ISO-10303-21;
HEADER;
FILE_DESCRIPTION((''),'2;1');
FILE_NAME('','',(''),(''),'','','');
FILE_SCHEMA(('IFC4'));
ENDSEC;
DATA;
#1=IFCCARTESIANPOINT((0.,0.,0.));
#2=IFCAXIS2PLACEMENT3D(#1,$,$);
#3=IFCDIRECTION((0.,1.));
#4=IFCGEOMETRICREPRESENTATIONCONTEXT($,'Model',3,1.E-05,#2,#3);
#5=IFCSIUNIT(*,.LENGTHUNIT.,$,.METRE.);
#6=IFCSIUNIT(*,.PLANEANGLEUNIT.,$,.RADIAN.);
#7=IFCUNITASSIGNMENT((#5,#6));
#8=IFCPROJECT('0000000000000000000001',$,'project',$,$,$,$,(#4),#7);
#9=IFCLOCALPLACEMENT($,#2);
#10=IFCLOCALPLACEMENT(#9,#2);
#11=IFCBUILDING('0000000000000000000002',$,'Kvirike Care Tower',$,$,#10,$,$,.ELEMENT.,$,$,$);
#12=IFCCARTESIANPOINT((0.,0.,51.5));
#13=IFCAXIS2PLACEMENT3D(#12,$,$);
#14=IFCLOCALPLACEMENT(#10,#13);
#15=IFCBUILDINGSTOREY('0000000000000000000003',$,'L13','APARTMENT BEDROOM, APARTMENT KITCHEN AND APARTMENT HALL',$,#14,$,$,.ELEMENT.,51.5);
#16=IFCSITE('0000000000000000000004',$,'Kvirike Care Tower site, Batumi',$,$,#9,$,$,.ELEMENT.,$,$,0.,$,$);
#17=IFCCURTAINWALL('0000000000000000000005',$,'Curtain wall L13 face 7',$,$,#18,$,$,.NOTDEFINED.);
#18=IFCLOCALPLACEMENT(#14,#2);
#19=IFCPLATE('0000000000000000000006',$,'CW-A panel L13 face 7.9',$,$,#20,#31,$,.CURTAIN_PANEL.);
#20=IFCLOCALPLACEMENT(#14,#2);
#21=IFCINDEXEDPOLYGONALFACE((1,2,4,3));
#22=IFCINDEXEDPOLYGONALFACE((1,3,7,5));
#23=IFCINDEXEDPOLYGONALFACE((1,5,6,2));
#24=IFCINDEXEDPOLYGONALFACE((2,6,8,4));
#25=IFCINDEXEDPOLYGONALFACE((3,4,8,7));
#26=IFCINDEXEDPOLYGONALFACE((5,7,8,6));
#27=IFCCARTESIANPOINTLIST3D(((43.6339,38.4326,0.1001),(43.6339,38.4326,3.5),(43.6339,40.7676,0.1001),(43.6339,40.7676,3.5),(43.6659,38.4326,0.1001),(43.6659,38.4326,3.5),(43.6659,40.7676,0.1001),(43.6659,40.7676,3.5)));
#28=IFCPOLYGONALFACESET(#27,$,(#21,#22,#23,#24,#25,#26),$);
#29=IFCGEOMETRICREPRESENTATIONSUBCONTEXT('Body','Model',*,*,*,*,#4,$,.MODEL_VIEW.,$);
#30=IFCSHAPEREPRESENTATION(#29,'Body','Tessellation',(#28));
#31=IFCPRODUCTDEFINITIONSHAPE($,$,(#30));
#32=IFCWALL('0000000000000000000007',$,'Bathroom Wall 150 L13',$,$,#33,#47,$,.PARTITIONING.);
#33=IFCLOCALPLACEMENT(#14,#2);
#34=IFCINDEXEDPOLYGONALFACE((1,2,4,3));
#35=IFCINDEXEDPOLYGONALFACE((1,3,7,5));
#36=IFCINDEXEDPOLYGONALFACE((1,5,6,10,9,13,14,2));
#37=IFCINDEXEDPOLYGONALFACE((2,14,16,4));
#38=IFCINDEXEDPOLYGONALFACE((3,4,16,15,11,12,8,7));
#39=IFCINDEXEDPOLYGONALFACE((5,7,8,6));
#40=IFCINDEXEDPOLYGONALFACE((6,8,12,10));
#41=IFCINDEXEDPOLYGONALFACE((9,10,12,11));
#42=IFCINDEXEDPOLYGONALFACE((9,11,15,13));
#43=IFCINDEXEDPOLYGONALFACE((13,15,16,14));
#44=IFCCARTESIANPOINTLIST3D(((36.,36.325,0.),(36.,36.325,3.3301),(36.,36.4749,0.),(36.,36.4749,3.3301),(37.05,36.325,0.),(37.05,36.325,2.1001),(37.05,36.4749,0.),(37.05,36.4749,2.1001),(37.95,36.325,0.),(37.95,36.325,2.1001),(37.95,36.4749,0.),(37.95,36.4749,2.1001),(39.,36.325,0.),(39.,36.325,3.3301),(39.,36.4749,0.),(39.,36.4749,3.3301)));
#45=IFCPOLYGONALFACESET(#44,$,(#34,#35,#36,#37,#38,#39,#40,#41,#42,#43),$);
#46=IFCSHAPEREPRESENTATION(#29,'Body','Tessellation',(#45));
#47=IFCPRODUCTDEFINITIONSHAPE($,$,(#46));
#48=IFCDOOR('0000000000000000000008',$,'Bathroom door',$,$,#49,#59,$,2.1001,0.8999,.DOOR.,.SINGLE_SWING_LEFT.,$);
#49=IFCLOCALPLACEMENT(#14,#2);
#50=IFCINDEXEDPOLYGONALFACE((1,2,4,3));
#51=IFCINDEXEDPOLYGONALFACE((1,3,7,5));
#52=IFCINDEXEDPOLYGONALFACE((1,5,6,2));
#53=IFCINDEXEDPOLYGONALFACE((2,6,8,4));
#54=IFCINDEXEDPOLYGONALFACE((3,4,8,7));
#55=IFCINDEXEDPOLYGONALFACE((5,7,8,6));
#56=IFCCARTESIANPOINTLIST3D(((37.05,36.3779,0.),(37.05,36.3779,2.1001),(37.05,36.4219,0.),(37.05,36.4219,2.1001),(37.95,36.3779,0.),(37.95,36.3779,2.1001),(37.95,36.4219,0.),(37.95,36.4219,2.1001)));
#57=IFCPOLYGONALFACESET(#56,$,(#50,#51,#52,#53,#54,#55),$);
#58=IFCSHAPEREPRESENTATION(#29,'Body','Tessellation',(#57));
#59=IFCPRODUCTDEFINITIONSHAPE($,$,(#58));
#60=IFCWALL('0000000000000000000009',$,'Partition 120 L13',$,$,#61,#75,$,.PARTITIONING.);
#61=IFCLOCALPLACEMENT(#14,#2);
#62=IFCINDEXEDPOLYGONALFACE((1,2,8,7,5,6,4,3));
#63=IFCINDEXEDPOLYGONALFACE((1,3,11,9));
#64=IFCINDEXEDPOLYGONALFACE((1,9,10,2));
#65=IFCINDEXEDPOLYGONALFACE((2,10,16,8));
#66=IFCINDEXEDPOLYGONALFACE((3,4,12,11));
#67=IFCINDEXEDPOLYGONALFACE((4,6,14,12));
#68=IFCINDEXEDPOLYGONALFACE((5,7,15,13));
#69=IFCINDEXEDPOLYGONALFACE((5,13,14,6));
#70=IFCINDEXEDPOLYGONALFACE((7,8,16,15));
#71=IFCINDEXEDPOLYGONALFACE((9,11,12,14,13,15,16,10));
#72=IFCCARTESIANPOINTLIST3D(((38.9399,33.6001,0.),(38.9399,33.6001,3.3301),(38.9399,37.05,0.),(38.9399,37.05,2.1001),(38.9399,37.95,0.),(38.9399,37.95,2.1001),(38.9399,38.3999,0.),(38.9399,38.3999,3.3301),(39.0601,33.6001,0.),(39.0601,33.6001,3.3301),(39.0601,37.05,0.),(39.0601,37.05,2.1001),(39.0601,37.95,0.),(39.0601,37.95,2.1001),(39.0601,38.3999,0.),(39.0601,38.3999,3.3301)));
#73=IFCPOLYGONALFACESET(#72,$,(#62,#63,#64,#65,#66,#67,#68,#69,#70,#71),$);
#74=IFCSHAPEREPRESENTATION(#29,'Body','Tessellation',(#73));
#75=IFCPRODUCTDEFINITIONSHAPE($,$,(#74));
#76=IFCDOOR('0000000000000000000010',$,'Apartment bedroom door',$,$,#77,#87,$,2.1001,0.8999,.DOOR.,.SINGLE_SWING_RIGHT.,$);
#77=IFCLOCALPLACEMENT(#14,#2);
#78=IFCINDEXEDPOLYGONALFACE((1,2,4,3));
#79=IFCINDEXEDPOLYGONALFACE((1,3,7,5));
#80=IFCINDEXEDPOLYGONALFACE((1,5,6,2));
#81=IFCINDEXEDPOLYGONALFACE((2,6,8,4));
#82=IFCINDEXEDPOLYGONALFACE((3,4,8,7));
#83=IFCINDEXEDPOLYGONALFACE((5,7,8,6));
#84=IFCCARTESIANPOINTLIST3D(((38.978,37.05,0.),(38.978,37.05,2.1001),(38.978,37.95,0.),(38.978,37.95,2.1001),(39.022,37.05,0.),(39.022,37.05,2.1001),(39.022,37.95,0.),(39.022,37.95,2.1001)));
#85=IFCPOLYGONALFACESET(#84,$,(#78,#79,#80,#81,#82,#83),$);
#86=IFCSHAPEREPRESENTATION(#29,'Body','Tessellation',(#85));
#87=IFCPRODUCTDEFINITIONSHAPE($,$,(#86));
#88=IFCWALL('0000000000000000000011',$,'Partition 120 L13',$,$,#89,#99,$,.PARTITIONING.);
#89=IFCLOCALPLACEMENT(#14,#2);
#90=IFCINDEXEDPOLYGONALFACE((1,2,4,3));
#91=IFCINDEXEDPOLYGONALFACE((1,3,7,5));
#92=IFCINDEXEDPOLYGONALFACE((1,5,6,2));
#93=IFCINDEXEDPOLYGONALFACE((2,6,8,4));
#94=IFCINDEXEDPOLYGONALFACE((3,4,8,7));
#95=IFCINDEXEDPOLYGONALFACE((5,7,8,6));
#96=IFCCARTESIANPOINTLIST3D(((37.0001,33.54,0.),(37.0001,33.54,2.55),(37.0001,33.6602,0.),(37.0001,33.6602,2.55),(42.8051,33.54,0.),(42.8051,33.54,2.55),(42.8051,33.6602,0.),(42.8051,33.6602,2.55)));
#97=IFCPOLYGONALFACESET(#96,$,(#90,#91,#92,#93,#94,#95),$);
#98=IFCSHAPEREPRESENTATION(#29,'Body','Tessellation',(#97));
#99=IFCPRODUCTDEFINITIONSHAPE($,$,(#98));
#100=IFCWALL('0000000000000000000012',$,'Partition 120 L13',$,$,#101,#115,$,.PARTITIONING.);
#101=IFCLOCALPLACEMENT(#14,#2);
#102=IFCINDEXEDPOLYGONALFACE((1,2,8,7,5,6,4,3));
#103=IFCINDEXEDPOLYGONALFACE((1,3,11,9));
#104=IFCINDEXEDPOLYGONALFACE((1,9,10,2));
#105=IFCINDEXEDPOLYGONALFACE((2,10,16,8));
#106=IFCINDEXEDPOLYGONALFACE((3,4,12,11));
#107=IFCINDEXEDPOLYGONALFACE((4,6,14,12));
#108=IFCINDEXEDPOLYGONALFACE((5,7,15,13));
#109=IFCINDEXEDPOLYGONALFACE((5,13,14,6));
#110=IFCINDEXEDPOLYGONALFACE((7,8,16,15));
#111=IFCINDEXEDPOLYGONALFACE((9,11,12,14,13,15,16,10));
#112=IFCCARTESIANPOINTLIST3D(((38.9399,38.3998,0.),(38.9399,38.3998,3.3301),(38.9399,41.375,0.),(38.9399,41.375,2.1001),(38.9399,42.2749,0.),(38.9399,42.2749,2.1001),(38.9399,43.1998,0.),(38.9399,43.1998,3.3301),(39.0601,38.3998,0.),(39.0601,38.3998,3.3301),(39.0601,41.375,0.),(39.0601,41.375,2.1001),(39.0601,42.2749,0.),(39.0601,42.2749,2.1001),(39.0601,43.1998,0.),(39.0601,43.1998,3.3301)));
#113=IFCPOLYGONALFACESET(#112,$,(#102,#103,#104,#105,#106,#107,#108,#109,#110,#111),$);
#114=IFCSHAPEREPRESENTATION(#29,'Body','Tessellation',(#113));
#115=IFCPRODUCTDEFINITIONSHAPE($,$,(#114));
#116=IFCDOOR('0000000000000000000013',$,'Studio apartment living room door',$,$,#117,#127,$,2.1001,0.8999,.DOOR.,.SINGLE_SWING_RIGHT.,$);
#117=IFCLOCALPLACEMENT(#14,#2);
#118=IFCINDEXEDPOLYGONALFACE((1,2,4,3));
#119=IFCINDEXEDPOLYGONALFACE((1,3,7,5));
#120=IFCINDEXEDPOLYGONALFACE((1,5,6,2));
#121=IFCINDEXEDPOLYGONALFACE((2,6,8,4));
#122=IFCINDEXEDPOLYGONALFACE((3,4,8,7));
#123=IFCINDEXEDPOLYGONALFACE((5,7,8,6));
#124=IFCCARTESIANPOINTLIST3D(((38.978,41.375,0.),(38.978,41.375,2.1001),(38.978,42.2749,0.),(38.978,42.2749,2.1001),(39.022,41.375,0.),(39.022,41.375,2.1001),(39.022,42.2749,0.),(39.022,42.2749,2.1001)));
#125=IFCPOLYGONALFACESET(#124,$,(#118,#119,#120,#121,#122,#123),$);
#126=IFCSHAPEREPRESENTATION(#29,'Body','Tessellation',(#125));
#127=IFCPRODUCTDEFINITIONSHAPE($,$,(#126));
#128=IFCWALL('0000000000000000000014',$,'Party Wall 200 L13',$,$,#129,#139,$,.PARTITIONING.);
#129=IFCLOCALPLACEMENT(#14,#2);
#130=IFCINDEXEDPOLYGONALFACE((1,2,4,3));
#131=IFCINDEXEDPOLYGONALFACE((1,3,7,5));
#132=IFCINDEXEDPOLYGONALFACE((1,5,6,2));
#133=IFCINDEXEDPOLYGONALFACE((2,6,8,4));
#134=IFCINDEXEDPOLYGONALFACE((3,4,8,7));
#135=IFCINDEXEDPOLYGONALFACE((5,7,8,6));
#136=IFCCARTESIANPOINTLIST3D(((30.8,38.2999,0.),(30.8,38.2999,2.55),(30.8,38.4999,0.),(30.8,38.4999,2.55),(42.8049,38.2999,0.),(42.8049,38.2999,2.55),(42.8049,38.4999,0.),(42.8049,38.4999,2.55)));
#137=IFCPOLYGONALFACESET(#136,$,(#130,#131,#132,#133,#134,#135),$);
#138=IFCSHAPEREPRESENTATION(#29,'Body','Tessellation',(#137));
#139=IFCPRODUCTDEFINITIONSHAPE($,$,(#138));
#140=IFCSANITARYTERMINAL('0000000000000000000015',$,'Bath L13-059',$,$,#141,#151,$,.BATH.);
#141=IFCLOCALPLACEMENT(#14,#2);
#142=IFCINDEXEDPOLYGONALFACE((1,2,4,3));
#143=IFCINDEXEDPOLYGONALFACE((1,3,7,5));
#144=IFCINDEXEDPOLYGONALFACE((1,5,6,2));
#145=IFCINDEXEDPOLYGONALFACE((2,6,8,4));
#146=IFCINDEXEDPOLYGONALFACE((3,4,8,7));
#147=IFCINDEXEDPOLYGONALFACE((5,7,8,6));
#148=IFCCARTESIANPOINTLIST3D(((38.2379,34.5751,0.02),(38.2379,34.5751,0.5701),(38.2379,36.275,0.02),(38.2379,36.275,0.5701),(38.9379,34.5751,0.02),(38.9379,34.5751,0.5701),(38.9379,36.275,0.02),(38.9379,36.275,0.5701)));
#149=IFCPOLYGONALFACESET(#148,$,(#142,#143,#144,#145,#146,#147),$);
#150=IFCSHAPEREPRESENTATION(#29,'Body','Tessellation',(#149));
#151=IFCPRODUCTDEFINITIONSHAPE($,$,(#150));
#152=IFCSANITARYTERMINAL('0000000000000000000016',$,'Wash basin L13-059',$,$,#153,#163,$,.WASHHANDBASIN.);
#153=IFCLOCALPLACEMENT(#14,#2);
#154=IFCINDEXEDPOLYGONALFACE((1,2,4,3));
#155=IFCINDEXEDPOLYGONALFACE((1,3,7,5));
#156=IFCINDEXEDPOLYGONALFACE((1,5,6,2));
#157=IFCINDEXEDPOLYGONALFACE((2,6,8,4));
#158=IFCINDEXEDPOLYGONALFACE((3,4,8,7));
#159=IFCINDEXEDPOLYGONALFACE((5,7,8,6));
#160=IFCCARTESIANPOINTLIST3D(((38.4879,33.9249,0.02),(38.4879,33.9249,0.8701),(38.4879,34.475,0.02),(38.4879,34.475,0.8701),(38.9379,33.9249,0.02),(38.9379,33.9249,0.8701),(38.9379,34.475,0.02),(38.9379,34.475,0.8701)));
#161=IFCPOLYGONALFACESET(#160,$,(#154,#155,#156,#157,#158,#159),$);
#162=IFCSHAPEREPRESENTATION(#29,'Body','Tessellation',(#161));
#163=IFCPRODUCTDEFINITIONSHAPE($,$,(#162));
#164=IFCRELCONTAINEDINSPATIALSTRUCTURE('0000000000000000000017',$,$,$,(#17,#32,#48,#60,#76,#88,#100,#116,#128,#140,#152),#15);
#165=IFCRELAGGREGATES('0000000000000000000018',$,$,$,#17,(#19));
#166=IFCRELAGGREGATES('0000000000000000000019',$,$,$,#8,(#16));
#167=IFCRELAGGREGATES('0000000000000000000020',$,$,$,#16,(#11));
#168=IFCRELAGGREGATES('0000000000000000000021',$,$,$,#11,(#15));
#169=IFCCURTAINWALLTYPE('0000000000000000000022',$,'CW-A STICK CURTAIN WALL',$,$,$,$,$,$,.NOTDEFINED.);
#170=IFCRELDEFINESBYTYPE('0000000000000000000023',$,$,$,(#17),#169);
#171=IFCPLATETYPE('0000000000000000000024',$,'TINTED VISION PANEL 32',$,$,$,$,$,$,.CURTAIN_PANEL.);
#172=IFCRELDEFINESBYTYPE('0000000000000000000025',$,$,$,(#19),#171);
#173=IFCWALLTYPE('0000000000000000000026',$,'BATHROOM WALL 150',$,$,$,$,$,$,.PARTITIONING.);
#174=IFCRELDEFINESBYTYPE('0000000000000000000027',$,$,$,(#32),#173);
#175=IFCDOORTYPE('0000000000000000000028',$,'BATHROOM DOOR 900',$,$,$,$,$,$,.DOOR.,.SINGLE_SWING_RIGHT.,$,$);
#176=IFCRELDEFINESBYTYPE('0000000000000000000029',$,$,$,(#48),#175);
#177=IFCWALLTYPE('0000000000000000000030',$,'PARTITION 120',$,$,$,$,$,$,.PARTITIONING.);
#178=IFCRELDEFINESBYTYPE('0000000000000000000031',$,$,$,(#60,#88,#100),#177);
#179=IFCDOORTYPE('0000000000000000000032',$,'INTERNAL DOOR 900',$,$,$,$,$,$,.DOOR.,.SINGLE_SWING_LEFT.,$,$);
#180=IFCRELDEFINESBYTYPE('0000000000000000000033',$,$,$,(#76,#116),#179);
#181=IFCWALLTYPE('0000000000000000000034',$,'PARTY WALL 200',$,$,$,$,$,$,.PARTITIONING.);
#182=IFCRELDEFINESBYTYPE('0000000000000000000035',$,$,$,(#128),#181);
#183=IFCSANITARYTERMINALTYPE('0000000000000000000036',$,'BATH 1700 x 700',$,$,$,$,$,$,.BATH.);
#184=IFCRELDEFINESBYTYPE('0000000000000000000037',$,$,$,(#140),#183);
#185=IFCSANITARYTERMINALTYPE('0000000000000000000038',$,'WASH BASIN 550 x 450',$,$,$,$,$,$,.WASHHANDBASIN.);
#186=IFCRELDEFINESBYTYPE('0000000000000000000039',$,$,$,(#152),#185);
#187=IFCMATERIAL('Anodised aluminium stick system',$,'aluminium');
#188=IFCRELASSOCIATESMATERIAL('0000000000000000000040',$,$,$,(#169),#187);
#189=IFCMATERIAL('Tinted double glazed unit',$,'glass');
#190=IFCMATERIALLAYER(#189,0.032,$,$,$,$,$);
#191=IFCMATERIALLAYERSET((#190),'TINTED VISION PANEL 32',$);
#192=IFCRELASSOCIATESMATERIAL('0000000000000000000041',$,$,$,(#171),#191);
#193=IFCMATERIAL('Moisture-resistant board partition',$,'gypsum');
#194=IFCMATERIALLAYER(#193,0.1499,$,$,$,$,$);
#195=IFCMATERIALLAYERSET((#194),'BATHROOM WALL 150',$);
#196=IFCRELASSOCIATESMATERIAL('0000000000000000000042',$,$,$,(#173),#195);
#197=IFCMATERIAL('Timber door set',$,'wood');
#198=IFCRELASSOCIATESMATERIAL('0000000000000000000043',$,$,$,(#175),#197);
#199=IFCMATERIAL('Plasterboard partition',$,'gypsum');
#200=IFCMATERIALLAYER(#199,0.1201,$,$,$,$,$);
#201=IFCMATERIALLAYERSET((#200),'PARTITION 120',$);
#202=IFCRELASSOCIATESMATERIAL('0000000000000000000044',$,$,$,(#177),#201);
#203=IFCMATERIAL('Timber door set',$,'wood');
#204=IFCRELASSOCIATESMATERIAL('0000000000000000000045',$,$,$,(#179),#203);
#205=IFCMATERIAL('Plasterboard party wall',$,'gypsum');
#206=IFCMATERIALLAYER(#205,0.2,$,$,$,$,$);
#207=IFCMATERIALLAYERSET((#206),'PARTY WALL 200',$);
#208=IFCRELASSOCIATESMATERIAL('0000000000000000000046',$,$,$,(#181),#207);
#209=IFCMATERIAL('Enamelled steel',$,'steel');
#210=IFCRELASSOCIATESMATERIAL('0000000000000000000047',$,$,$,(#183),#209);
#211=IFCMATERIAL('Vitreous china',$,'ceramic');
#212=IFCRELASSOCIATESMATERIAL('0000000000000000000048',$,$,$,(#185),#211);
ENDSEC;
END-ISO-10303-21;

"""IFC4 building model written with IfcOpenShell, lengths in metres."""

from ifc_helpers import new_model, si_unit, direction, frame, frame_2d, origin, origin_2d, place, context, subcontext, project, spatial, rectangle, extrude, material, layer, layer_set, type_object, element, fill, aggregate, save


model = new_model("IFC4")

# Units and contexts
model_context = context("Model", 3, precision=1e-05, world=origin(), true_north=direction((0.0, 1.0)))
body_context = subcontext(model_context, "Body", "Model", "MODEL_VIEW")
ifc_project = project(units=[si_unit("LENGTHUNIT", "METRE"), si_unit("PLANEANGLEUNIT", "RADIAN")], contexts=[model_context])

# Site, building, storey
site_placement = place(None, origin())
site = spatial("IfcSite", under=ifc_project, at=site_placement, Name="Kvirike Care Tower site, Batumi", CompositionType="ELEMENT", RefElevation=0.0)
building_placement = place(site_placement, origin())
building = spatial("IfcBuilding", under=site, at=building_placement, Name="Kvirike Care Tower", CompositionType="ELEMENT")
storey_placement = place(building_placement, frame((0.0, 0.0, 51.5)))
storey = spatial("IfcBuildingStorey", under=building, at=storey_placement, Name="L13", Description="APARTMENT BEDROOM, APARTMENT KITCHEN AND APARTMENT HALL", CompositionType="ELEMENT", Elevation=51.5)

# Curtain wall
ifc_material_1 = material(Name="Anodised aluminium stick system", Category="aluminium")
curtain_wall_type = type_object("IfcCurtainWallType", Name="CW-A STICK CURTAIN WALL", PredefinedType="NOTDEFINED", material=ifc_material_1)
curtain_wall_placement = place(storey_placement, origin())
curtain_wall = element("IfcCurtainWall", 1, at=curtain_wall_placement, inside=storey, type_object=curtain_wall_type, Name="Curtain wall L13 face 7", PredefinedType="NOTDEFINED")

# Plate
ifc_material_2 = material(Name="Tinted double glazed unit", Category="glass")
ifc_layer_1 = layer(ifc_material_2, 0.032)
ifc_layer_set_1 = layer_set([ifc_layer_1], Name="TINTED VISION PANEL 32")
plate_type = type_object("IfcPlateType", Name="TINTED VISION PANEL 32", PredefinedType="CURTAIN_PANEL", material=ifc_layer_set_1)
plate_1_placement = place(storey_placement, frame((43.6499, 39.6001, 0.1001), z_axis=(0.0, 0.0, 1.0), x_axis=(0.0, 1.0, 0.0)))
plate_1 = element("IfcPlate", 2, at=plate_1_placement, type_object=plate_type, Name="CW-A panel L13 face 7.9", PredefinedType="CURTAIN_PANEL", context=body_context, shape_type="SweptSolid", body=[
    extrude(rectangle(XDim=2.335, YDim=0.032, at=origin_2d()), origin(), (0.0, 0.0, 1.0), 3.3999),
])
aggregate(curtain_wall, [plate_1])

# Walls, openings, doors
ifc_material_3 = material(Name="Moisture-resistant board partition", Category="gypsum")
ifc_layer_2 = layer(ifc_material_3, 0.1499)
ifc_layer_set_2 = layer_set([ifc_layer_2], Name="BATHROOM WALL 150")
wall_type_1 = type_object("IfcWallType", Name="BATHROOM WALL 150", PredefinedType="PARTITIONING", material=ifc_layer_set_2)
wall_1_placement = place(storey_placement, frame((39.0, 36.3999, 0.0), z_axis=(0.0, 0.0, 1.0), x_axis=(-1.0, 0.0, 0.0)))
wall_1 = element("IfcWall", 3, at=wall_1_placement, inside=storey, type_object=wall_type_1, Name="Bathroom Wall 150 L13", PredefinedType="PARTITIONING", context=body_context, shape_type="SweptSolid", body=[
    extrude(rectangle(XDim=3.0, YDim=0.1499, at=frame_2d((1.5, 0.0))), origin(), (0.0, 0.0, 1.0), 3.3301),
])
opening_1_placement = place(wall_1_placement, frame((1.05, 0.0, 0.0)))
opening_1 = element("IfcOpeningElement", 4, at=opening_1_placement, cuts=wall_1, PredefinedType="OPENING", context=body_context, shape_type="SweptSolid", body=[
    extrude(rectangle(XDim=0.8999, YDim=2.1001, at=frame_2d((0.45, 1.05))), frame((0.0, 0.0854, 0.0), z_axis=(0.0, -1.0, 0.0), x_axis=(1.0, 0.0, 0.0)), (0.0, 0.0, 1.0), 0.1709),
])
ifc_material_4 = material(Name="Timber door set", Category="wood")
door_type_1 = type_object("IfcDoorType", Name="BATHROOM DOOR 900", OperationType="SINGLE_SWING_RIGHT", PredefinedType="DOOR", material=ifc_material_4)
door_1_placement = place(opening_1_placement, origin())
door_1 = element("IfcDoor", 5, at=door_1_placement, inside=storey, type_object=door_type_1, Name="Bathroom door", OperationType="SINGLE_SWING_LEFT", OverallHeight=2.1001, OverallWidth=0.8999, PredefinedType="DOOR", context=body_context, shape_type="SweptSolid", body=[
    extrude(rectangle(XDim=0.8999, YDim=2.1001, at=frame_2d((0.45, 1.05))), frame((0.0, 0.022, 0.0), z_axis=(0.0, -1.0, 0.0), x_axis=(1.0, 0.0, 0.0)), (0.0, 0.0, 1.0), 0.0439),
])
fill(opening_1, door_1)
ifc_material_5 = material(Name="Plasterboard partition", Category="gypsum")
ifc_layer_3 = layer(ifc_material_5, 0.1201)
ifc_layer_set_3 = layer_set([ifc_layer_3], Name="PARTITION 120")
wall_type_2 = type_object("IfcWallType", Name="PARTITION 120", PredefinedType="PARTITIONING", material=ifc_layer_set_3)
wall_2_placement = place(storey_placement, frame((39.0, 33.6001, 0.0), z_axis=(0.0, 0.0, 1.0), x_axis=(0.0, 1.0, 0.0)))
wall_2 = element("IfcWall", 6, at=wall_2_placement, inside=storey, type_object=wall_type_2, Name="Partition 120 L13", PredefinedType="PARTITIONING", context=body_context, shape_type="SweptSolid", body=[
    extrude(rectangle(XDim=4.7998, YDim=0.1201, at=frame_2d((2.3999, 0.0))), origin(), (0.0, 0.0, 1.0), 3.3301),
])
opening_2_placement = place(wall_2_placement, frame((3.45, 0.0, 0.0)))
opening_2 = element("IfcOpeningElement", 7, at=opening_2_placement, cuts=wall_2, PredefinedType="OPENING", context=body_context, shape_type="SweptSolid", body=[
    extrude(rectangle(XDim=0.8999, YDim=2.1001, at=frame_2d((0.45, 1.05))), frame((0.0, 0.0706, 0.0), z_axis=(0.0, -1.0, 0.0), x_axis=(1.0, 0.0, 0.0)), (0.0, 0.0, 1.0), 0.1411),
])
ifc_material_6 = material(Name="Timber door set", Category="wood")
door_type_2 = type_object("IfcDoorType", Name="INTERNAL DOOR 900", OperationType="SINGLE_SWING_LEFT", PredefinedType="DOOR", material=ifc_material_6)
door_2_placement = place(opening_2_placement, frame((0.8999, 0.0, 0.0), z_axis=(0.0, 0.0, 1.0), x_axis=(-1.0, 0.0, 0.0)))
door_2 = element("IfcDoor", 8, at=door_2_placement, inside=storey, type_object=door_type_2, Name="Apartment bedroom door", OperationType="SINGLE_SWING_RIGHT", OverallHeight=2.1001, OverallWidth=0.8999, PredefinedType="DOOR", context=body_context, shape_type="SweptSolid", body=[
    extrude(rectangle(XDim=0.8999, YDim=2.1001, at=frame_2d((0.45, 1.05))), frame((0.0, 0.022, 0.0), z_axis=(0.0, -1.0, 0.0), x_axis=(1.0, 0.0, 0.0)), (0.0, 0.0, 1.0), 0.0439),
])
fill(opening_2, door_2)

# Wall
wall_3_placement = place(storey_placement, frame((42.8049, 33.6001, 0.0), z_axis=(0.0, 0.0, 1.0), x_axis=(-1.0, 0.0, 0.0)))
element("IfcWall", 9, at=wall_3_placement, inside=storey, type_object=wall_type_2, Name="Partition 120 L13", PredefinedType="PARTITIONING", context=body_context, shape_type="SweptSolid", body=[
    extrude(rectangle(XDim=5.8049, YDim=0.1201, at=frame_2d((2.9023, 0.0))), origin(), (0.0, 0.0, 1.0), 2.55),
])

# Wall, opening, door
wall_4_placement = place(storey_placement, frame((39.0, 38.3999, 0.0), z_axis=(0.0, 0.0, 1.0), x_axis=(0.0, 1.0, 0.0)))
wall_4 = element("IfcWall", 10, at=wall_4_placement, inside=storey, type_object=wall_type_2, Name="Partition 120 L13", PredefinedType="PARTITIONING", context=body_context, shape_type="SweptSolid", body=[
    extrude(rectangle(XDim=4.8, YDim=0.1201, at=frame_2d((2.3999, 0.0))), origin(), (0.0, 0.0, 1.0), 3.3301),
])
opening_3_placement = place(wall_4_placement, frame((2.9751, 0.0, 0.0)))
opening_3 = element("IfcOpeningElement", 11, at=opening_3_placement, cuts=wall_4, PredefinedType="OPENING", context=body_context, shape_type="SweptSolid", body=[
    extrude(rectangle(XDim=0.8999, YDim=2.1001, at=frame_2d((0.45, 1.05))), frame((0.0, 0.0706, 0.0), z_axis=(0.0, -1.0, 0.0), x_axis=(1.0, 0.0, 0.0)), (0.0, 0.0, 1.0), 0.1411),
])
door_3_placement = place(opening_3_placement, frame((0.8999, 0.0, 0.0), z_axis=(0.0, 0.0, 1.0), x_axis=(-1.0, 0.0, 0.0)))
door_3 = element("IfcDoor", 12, at=door_3_placement, inside=storey, type_object=door_type_2, Name="Studio apartment living room door", OperationType="SINGLE_SWING_RIGHT", OverallHeight=2.1001, OverallWidth=0.8999, PredefinedType="DOOR", context=body_context, shape_type="SweptSolid", body=[
    extrude(rectangle(XDim=0.8999, YDim=2.1001, at=frame_2d((0.45, 1.05))), frame((0.0, 0.022, 0.0), z_axis=(0.0, -1.0, 0.0), x_axis=(1.0, 0.0, 0.0)), (0.0, 0.0, 1.0), 0.0439),
])
fill(opening_3, door_3)

# Wall
ifc_material_7 = material(Name="Plasterboard party wall", Category="gypsum")
ifc_layer_4 = layer(ifc_material_7, 0.2)
ifc_layer_set_4 = layer_set([ifc_layer_4], Name="PARTY WALL 200")
wall_type_3 = type_object("IfcWallType", Name="PARTY WALL 200", PredefinedType="PARTITIONING", material=ifc_layer_set_4)
wall_5_placement = place(storey_placement, frame((42.8049, 38.3999, 0.0), z_axis=(0.0, 0.0, 1.0), x_axis=(-1.0, 0.0, 0.0)))
element("IfcWall", 13, at=wall_5_placement, inside=storey, type_object=wall_type_3, Name="Party Wall 200 L13", PredefinedType="PARTITIONING", context=body_context, shape_type="SweptSolid", body=[
    extrude(rectangle(XDim=12.0049, YDim=0.2, at=frame_2d((6.0024, 0.0))), origin(), (0.0, 0.0, 1.0), 2.55),
])

# Sanitary terminals
ifc_material_8 = material(Name="Enamelled steel", Category="steel")
sanitary_terminal_type_1 = type_object("IfcSanitaryTerminalType", Name="BATH 1700 x 700", PredefinedType="BATH", material=ifc_material_8)
sanitary_terminal_1_placement = place(storey_placement, frame((38.5879, 35.425, 0.02), z_axis=(0.0, 0.0, 1.0), x_axis=(0.0, -1.0, 0.0)))
element("IfcSanitaryTerminal", 14, at=sanitary_terminal_1_placement, inside=storey, type_object=sanitary_terminal_type_1, Name="Bath L13-059", PredefinedType="BATH", context=body_context, shape_type="SweptSolid", body=[
    extrude(rectangle(XDim=1.7, YDim=0.7, at=origin_2d()), origin(), (0.0, 0.0, 1.0), 0.55),
])
ifc_material_9 = material(Name="Vitreous china", Category="ceramic")
sanitary_terminal_type_2 = type_object("IfcSanitaryTerminalType", Name="WASH BASIN 550 x 450", PredefinedType="WASHHANDBASIN", material=ifc_material_9)
sanitary_terminal_2_placement = place(storey_placement, frame((38.7129, 34.2, 0.02), z_axis=(0.0, 0.0, 1.0), x_axis=(0.0, -1.0, 0.0)))
element("IfcSanitaryTerminal", 15, at=sanitary_terminal_2_placement, inside=storey, type_object=sanitary_terminal_type_2, Name="Wash basin L13-059", PredefinedType="WASHHANDBASIN", context=body_context, shape_type="SweptSolid", body=[
    extrude(rectangle(XDim=0.55, YDim=0.45, at=origin_2d()), origin(), (0.0, 0.0, 1.0), 0.8501),
])

save(model, "model.ifc")
